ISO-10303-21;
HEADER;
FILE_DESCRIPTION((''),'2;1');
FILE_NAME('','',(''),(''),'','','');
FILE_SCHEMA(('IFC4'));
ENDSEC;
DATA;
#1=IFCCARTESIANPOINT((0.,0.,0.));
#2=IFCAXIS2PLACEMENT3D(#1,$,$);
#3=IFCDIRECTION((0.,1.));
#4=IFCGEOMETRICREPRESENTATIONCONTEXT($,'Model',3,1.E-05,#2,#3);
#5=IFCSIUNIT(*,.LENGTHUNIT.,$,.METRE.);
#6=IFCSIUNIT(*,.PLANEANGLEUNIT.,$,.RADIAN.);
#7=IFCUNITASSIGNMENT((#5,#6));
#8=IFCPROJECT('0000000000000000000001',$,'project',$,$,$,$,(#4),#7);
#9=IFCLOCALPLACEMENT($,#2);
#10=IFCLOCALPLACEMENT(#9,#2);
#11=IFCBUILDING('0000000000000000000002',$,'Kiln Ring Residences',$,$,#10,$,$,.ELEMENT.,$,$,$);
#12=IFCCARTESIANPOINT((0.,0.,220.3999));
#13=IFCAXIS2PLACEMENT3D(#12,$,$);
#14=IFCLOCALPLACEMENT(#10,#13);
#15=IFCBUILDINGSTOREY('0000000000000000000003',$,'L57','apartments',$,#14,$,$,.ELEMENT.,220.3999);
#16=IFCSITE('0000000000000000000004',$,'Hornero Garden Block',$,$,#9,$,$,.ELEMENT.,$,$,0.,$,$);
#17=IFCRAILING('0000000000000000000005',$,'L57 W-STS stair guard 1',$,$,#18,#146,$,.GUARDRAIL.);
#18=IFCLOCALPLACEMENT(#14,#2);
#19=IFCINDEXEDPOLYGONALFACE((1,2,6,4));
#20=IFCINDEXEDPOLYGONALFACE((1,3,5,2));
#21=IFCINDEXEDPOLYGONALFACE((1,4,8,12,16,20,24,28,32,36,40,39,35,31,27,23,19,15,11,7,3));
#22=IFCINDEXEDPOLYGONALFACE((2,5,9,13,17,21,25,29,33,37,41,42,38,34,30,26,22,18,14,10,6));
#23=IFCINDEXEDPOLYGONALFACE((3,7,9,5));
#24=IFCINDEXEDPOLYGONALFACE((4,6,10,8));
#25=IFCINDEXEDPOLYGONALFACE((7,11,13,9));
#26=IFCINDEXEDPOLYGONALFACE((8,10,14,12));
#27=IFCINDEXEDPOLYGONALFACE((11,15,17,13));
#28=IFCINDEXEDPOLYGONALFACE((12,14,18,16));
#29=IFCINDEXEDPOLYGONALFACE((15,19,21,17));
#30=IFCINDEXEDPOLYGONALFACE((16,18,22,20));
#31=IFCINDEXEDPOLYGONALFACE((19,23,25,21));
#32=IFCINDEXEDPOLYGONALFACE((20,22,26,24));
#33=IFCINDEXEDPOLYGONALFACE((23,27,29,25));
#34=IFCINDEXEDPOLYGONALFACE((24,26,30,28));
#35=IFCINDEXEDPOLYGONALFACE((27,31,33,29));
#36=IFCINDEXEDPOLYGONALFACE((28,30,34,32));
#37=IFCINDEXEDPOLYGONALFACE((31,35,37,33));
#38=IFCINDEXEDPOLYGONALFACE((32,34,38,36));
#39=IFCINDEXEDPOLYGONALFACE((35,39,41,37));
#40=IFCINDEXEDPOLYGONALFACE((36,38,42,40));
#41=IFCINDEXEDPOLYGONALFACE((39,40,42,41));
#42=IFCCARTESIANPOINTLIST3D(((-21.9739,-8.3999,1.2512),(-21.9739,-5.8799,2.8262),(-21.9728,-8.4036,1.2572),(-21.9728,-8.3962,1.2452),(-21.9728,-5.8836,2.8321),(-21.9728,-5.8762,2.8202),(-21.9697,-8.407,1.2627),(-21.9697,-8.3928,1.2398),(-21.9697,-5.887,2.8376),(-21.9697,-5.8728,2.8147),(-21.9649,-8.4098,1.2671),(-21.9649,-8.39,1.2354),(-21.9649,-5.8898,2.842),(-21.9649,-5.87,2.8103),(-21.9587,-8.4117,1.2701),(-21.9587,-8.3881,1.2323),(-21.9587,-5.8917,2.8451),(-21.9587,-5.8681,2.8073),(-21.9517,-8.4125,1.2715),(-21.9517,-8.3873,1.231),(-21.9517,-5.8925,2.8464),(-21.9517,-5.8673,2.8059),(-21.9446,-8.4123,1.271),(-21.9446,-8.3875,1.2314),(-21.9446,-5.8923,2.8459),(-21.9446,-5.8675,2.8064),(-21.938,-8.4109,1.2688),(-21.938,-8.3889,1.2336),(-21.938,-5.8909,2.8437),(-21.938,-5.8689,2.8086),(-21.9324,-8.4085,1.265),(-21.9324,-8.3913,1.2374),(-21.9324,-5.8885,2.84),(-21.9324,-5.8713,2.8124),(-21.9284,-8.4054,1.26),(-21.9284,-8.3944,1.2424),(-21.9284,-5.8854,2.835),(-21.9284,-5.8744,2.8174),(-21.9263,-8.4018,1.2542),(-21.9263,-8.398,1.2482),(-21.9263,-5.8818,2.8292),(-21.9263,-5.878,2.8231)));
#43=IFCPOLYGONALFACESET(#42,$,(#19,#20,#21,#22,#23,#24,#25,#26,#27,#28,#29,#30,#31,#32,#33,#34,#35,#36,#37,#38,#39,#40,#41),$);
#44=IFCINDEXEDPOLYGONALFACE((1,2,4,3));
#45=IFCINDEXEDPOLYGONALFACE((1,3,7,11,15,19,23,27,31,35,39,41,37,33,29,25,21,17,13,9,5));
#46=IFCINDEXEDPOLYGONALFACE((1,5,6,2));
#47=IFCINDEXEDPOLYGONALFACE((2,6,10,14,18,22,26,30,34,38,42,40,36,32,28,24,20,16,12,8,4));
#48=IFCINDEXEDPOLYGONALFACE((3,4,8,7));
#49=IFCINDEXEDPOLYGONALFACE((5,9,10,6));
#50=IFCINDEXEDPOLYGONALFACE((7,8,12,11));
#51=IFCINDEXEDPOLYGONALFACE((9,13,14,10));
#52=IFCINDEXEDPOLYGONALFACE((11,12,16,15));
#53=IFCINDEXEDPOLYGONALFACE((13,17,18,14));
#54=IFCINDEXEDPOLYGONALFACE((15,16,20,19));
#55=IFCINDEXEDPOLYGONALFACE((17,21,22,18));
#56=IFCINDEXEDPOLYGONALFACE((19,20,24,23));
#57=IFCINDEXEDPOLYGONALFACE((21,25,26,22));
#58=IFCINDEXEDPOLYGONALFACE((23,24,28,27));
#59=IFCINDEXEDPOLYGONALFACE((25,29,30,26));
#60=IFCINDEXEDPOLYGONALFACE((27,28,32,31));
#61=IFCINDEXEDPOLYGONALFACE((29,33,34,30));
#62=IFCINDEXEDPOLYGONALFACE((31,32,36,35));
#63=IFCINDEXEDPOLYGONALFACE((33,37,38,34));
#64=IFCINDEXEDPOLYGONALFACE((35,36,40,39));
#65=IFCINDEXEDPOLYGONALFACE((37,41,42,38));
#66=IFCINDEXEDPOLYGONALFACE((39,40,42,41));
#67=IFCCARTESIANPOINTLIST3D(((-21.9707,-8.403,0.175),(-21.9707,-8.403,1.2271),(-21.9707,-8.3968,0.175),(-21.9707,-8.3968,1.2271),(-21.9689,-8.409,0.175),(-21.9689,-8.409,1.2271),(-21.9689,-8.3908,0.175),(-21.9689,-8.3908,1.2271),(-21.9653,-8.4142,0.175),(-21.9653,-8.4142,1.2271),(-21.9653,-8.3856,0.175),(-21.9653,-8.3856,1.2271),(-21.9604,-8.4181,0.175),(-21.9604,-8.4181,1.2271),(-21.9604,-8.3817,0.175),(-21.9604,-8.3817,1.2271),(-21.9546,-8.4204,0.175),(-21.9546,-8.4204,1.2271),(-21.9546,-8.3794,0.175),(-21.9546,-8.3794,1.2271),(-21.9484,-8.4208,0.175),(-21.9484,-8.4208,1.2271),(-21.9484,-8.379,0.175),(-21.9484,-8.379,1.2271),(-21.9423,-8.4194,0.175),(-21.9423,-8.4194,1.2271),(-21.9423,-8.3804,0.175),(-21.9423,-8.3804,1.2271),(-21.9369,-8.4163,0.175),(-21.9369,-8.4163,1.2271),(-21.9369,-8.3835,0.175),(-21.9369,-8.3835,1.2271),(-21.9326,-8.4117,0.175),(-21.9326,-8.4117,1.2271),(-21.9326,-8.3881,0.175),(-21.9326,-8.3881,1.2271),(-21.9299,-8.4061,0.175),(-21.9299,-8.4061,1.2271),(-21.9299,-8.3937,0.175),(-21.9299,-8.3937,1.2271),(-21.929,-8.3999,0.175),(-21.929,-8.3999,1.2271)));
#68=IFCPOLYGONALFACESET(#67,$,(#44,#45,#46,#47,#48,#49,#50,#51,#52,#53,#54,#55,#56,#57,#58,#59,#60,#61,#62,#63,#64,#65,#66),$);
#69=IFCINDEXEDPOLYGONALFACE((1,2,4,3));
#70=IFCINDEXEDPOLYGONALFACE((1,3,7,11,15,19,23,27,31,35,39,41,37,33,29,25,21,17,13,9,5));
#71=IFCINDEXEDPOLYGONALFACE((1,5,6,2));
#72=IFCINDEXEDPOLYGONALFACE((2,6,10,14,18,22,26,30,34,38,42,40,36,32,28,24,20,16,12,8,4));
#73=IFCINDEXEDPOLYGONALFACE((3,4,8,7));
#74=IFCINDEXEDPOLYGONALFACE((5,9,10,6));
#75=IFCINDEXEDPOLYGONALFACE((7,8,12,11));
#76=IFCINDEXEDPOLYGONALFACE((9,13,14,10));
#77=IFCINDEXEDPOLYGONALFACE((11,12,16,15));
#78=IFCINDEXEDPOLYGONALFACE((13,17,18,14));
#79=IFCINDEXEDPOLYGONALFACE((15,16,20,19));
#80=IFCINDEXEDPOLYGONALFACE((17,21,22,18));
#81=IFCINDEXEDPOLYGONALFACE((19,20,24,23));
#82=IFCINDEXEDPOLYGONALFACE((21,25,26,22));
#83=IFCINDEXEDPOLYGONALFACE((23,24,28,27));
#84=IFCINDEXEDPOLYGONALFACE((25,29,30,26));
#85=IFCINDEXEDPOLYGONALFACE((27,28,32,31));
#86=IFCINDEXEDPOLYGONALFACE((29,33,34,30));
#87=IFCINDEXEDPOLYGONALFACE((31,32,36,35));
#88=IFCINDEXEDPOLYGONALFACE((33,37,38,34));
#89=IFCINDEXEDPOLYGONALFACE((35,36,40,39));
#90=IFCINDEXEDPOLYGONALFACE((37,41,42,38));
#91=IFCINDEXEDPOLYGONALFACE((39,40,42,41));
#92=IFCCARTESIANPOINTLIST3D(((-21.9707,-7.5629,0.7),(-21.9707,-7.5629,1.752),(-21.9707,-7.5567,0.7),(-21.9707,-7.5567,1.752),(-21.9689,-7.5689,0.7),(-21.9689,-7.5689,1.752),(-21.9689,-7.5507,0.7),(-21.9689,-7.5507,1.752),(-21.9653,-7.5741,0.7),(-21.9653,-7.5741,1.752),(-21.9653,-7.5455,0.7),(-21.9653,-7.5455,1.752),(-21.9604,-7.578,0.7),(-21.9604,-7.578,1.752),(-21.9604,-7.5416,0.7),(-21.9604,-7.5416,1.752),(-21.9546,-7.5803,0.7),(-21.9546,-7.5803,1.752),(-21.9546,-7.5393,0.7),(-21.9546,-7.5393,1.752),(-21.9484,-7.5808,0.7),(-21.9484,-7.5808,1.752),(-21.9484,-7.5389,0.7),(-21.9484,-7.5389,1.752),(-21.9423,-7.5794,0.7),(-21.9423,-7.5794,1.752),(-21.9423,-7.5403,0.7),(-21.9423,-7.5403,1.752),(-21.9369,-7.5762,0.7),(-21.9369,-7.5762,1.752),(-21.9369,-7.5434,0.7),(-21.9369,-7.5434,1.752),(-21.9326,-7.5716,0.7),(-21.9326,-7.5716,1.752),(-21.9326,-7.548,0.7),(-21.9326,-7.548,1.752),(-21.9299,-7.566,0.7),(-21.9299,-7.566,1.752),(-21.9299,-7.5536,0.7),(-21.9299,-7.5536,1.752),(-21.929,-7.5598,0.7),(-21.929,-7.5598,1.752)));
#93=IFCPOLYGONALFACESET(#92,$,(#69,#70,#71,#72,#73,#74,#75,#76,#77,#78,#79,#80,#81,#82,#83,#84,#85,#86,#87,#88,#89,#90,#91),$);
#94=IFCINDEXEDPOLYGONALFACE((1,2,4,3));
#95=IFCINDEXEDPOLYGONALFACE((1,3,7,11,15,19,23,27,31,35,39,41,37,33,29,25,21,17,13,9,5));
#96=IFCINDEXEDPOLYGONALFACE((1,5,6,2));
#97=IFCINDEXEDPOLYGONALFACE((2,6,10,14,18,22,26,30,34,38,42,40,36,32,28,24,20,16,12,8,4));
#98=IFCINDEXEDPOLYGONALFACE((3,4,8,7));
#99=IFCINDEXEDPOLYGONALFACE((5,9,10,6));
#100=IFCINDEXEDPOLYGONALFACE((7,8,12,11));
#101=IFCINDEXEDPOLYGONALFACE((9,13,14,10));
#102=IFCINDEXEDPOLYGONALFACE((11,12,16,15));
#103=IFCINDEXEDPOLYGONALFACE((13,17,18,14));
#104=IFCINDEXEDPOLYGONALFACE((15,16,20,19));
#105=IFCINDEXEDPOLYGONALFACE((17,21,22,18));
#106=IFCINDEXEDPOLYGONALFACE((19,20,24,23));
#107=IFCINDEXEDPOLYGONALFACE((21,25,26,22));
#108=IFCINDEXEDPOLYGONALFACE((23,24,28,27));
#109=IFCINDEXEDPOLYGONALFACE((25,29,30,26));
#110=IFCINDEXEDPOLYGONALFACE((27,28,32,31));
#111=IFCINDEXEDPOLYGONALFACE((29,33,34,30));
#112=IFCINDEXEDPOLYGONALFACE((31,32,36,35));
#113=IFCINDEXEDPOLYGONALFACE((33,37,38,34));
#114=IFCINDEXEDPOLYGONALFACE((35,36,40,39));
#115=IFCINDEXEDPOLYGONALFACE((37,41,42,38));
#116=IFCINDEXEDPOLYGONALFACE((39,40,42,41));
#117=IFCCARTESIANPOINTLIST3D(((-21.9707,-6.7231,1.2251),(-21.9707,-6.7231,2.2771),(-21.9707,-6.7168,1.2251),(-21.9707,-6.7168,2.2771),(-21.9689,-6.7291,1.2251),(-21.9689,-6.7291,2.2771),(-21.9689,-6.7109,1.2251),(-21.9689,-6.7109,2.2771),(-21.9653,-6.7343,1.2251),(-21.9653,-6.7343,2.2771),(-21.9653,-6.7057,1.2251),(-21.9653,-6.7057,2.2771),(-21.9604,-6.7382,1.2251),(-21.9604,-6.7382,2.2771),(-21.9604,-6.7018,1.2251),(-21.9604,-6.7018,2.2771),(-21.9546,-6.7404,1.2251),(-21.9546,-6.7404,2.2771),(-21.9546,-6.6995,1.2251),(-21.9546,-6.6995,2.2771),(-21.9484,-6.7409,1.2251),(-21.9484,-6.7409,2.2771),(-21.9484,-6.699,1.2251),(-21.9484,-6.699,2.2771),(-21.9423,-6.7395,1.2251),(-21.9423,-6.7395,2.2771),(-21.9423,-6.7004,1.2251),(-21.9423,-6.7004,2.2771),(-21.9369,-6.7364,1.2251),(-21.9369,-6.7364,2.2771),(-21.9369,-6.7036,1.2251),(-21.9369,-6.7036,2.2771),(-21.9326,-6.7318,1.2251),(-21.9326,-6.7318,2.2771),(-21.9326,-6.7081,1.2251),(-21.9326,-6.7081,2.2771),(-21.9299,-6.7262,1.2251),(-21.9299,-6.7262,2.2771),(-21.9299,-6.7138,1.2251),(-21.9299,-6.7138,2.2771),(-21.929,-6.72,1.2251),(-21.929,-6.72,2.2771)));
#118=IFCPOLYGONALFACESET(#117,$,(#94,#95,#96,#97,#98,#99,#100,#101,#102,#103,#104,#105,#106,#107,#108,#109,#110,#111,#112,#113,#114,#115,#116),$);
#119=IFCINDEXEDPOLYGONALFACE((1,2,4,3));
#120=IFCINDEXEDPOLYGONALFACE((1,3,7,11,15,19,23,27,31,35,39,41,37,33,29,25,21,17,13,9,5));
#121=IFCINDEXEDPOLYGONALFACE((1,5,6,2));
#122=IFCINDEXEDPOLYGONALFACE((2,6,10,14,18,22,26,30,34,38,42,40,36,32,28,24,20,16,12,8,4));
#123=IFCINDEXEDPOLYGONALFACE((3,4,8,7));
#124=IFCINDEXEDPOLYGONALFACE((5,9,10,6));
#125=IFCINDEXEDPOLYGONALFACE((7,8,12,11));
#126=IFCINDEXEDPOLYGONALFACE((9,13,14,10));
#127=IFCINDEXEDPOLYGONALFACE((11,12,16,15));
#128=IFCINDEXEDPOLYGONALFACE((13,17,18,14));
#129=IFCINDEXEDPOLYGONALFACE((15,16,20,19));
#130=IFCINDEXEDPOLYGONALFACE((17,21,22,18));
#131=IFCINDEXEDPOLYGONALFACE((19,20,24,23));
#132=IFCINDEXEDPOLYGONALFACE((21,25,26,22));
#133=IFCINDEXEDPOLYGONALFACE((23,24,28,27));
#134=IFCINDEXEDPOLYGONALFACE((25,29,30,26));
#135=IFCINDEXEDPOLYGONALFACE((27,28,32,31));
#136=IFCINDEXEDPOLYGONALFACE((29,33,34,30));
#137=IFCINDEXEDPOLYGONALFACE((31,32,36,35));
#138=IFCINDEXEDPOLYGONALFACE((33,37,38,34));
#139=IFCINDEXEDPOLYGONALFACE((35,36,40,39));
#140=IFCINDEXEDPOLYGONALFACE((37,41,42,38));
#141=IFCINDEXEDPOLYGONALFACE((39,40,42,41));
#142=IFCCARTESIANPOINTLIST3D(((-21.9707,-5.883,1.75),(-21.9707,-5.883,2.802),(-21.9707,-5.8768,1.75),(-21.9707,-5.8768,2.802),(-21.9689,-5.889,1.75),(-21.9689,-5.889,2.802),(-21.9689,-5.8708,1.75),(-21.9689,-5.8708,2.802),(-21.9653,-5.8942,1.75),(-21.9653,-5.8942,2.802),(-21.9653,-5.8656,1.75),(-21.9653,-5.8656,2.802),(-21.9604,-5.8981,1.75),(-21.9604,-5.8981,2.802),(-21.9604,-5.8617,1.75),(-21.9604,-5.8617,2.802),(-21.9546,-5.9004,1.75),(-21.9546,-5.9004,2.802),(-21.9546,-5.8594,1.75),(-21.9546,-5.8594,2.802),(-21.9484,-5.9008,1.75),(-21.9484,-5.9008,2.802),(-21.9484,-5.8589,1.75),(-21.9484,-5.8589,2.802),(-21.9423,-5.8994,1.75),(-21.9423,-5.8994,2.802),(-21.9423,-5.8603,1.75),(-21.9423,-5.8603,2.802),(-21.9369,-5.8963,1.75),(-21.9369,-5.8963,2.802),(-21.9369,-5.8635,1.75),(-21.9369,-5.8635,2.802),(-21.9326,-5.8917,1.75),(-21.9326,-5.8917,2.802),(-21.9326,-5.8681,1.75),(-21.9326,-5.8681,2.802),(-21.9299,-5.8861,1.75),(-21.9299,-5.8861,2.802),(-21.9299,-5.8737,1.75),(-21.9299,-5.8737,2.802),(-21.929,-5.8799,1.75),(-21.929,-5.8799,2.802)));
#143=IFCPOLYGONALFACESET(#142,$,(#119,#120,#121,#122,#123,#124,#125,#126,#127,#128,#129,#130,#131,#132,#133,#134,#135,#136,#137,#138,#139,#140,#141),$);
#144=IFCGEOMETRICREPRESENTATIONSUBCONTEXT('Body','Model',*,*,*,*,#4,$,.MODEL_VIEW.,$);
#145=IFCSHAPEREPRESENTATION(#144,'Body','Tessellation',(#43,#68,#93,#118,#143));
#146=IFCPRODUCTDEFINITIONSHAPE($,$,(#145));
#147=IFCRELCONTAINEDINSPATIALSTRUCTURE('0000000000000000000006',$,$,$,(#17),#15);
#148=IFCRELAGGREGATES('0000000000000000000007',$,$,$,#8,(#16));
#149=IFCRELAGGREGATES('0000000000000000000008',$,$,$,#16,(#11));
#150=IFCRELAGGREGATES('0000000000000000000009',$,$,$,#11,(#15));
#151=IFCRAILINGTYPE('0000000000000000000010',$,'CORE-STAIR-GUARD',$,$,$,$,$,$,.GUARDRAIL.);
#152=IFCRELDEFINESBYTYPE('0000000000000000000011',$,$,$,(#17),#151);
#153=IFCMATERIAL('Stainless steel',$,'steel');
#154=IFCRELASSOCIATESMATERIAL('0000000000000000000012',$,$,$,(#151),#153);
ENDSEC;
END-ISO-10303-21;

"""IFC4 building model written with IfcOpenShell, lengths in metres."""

from ifc_helpers import new_model, si_unit, direction, frame, origin, origin_2d, place, context, subcontext, project, spatial, circle, extrude, material, type_object, element, save


model = new_model("IFC4")

# Units and contexts
model_context = context("Model", 3, precision=1e-05, world=origin(), true_north=direction((0.0, 1.0)))
body_context = subcontext(model_context, "Body", "Model", "MODEL_VIEW")
ifc_project = project(units=[si_unit("LENGTHUNIT", "METRE"), si_unit("PLANEANGLEUNIT", "RADIAN")], contexts=[model_context])

# Site, building, storey
site_placement = place(None, origin())
site = spatial("IfcSite", under=ifc_project, at=site_placement, Name="Hornero Garden Block", CompositionType="ELEMENT", RefElevation=0.0)
building_placement = place(site_placement, origin())
building = spatial("IfcBuilding", under=site, at=building_placement, Name="Kiln Ring Residences", CompositionType="ELEMENT")
storey_placement = place(building_placement, frame((0.0, 0.0, 220.3999)))
storey = spatial("IfcBuildingStorey", under=building, at=storey_placement, Name="L57", Description="apartments", CompositionType="ELEMENT", Elevation=220.3999)

# Railing
ifc_material_1 = material(Name="Stainless steel", Category="steel")
railing_type_1 = type_object("IfcRailingType", Name="CORE-STAIR-GUARD", PredefinedType="GUARDRAIL", material=ifc_material_1)
railing_1_placement = place(storey_placement, frame((-21.95, -8.3999, 0.175)))
element("IfcRailing", 1, at=railing_1_placement, inside=storey, type_object=railing_type_1, Name="L57 W-STS stair guard 1", PredefinedType="GUARDRAIL", context=body_context, shape_type="SweptSolid", body=[
    extrude(circle(Radius=0.0239, at=origin_2d()), frame((0.0, 0.0, 1.0762), z_axis=(0.0, 0.848008, 0.529984), x_axis=(-1.0, 0.0, 0.0)), (0.0, 0.0, 1.0), 2.9717),
    extrude(circle(Radius=0.021, at=origin_2d()), origin(), (0.0, 0.0, 1.0), 1.052),
    extrude(circle(Radius=0.021, at=origin_2d()), frame((0.0, 0.8401, 0.5249)), (0.0, 0.0, 1.0), 1.052),
    extrude(circle(Radius=0.021, at=origin_2d()), frame((0.0, 1.6799, 1.05)), (0.0, 0.0, 1.0), 1.052),
    extrude(circle(Radius=0.021, at=origin_2d()), frame((0.0, 2.52, 1.575)), (0.0, 0.0, 1.0), 1.052),
])

save(model, "model.ifc")
